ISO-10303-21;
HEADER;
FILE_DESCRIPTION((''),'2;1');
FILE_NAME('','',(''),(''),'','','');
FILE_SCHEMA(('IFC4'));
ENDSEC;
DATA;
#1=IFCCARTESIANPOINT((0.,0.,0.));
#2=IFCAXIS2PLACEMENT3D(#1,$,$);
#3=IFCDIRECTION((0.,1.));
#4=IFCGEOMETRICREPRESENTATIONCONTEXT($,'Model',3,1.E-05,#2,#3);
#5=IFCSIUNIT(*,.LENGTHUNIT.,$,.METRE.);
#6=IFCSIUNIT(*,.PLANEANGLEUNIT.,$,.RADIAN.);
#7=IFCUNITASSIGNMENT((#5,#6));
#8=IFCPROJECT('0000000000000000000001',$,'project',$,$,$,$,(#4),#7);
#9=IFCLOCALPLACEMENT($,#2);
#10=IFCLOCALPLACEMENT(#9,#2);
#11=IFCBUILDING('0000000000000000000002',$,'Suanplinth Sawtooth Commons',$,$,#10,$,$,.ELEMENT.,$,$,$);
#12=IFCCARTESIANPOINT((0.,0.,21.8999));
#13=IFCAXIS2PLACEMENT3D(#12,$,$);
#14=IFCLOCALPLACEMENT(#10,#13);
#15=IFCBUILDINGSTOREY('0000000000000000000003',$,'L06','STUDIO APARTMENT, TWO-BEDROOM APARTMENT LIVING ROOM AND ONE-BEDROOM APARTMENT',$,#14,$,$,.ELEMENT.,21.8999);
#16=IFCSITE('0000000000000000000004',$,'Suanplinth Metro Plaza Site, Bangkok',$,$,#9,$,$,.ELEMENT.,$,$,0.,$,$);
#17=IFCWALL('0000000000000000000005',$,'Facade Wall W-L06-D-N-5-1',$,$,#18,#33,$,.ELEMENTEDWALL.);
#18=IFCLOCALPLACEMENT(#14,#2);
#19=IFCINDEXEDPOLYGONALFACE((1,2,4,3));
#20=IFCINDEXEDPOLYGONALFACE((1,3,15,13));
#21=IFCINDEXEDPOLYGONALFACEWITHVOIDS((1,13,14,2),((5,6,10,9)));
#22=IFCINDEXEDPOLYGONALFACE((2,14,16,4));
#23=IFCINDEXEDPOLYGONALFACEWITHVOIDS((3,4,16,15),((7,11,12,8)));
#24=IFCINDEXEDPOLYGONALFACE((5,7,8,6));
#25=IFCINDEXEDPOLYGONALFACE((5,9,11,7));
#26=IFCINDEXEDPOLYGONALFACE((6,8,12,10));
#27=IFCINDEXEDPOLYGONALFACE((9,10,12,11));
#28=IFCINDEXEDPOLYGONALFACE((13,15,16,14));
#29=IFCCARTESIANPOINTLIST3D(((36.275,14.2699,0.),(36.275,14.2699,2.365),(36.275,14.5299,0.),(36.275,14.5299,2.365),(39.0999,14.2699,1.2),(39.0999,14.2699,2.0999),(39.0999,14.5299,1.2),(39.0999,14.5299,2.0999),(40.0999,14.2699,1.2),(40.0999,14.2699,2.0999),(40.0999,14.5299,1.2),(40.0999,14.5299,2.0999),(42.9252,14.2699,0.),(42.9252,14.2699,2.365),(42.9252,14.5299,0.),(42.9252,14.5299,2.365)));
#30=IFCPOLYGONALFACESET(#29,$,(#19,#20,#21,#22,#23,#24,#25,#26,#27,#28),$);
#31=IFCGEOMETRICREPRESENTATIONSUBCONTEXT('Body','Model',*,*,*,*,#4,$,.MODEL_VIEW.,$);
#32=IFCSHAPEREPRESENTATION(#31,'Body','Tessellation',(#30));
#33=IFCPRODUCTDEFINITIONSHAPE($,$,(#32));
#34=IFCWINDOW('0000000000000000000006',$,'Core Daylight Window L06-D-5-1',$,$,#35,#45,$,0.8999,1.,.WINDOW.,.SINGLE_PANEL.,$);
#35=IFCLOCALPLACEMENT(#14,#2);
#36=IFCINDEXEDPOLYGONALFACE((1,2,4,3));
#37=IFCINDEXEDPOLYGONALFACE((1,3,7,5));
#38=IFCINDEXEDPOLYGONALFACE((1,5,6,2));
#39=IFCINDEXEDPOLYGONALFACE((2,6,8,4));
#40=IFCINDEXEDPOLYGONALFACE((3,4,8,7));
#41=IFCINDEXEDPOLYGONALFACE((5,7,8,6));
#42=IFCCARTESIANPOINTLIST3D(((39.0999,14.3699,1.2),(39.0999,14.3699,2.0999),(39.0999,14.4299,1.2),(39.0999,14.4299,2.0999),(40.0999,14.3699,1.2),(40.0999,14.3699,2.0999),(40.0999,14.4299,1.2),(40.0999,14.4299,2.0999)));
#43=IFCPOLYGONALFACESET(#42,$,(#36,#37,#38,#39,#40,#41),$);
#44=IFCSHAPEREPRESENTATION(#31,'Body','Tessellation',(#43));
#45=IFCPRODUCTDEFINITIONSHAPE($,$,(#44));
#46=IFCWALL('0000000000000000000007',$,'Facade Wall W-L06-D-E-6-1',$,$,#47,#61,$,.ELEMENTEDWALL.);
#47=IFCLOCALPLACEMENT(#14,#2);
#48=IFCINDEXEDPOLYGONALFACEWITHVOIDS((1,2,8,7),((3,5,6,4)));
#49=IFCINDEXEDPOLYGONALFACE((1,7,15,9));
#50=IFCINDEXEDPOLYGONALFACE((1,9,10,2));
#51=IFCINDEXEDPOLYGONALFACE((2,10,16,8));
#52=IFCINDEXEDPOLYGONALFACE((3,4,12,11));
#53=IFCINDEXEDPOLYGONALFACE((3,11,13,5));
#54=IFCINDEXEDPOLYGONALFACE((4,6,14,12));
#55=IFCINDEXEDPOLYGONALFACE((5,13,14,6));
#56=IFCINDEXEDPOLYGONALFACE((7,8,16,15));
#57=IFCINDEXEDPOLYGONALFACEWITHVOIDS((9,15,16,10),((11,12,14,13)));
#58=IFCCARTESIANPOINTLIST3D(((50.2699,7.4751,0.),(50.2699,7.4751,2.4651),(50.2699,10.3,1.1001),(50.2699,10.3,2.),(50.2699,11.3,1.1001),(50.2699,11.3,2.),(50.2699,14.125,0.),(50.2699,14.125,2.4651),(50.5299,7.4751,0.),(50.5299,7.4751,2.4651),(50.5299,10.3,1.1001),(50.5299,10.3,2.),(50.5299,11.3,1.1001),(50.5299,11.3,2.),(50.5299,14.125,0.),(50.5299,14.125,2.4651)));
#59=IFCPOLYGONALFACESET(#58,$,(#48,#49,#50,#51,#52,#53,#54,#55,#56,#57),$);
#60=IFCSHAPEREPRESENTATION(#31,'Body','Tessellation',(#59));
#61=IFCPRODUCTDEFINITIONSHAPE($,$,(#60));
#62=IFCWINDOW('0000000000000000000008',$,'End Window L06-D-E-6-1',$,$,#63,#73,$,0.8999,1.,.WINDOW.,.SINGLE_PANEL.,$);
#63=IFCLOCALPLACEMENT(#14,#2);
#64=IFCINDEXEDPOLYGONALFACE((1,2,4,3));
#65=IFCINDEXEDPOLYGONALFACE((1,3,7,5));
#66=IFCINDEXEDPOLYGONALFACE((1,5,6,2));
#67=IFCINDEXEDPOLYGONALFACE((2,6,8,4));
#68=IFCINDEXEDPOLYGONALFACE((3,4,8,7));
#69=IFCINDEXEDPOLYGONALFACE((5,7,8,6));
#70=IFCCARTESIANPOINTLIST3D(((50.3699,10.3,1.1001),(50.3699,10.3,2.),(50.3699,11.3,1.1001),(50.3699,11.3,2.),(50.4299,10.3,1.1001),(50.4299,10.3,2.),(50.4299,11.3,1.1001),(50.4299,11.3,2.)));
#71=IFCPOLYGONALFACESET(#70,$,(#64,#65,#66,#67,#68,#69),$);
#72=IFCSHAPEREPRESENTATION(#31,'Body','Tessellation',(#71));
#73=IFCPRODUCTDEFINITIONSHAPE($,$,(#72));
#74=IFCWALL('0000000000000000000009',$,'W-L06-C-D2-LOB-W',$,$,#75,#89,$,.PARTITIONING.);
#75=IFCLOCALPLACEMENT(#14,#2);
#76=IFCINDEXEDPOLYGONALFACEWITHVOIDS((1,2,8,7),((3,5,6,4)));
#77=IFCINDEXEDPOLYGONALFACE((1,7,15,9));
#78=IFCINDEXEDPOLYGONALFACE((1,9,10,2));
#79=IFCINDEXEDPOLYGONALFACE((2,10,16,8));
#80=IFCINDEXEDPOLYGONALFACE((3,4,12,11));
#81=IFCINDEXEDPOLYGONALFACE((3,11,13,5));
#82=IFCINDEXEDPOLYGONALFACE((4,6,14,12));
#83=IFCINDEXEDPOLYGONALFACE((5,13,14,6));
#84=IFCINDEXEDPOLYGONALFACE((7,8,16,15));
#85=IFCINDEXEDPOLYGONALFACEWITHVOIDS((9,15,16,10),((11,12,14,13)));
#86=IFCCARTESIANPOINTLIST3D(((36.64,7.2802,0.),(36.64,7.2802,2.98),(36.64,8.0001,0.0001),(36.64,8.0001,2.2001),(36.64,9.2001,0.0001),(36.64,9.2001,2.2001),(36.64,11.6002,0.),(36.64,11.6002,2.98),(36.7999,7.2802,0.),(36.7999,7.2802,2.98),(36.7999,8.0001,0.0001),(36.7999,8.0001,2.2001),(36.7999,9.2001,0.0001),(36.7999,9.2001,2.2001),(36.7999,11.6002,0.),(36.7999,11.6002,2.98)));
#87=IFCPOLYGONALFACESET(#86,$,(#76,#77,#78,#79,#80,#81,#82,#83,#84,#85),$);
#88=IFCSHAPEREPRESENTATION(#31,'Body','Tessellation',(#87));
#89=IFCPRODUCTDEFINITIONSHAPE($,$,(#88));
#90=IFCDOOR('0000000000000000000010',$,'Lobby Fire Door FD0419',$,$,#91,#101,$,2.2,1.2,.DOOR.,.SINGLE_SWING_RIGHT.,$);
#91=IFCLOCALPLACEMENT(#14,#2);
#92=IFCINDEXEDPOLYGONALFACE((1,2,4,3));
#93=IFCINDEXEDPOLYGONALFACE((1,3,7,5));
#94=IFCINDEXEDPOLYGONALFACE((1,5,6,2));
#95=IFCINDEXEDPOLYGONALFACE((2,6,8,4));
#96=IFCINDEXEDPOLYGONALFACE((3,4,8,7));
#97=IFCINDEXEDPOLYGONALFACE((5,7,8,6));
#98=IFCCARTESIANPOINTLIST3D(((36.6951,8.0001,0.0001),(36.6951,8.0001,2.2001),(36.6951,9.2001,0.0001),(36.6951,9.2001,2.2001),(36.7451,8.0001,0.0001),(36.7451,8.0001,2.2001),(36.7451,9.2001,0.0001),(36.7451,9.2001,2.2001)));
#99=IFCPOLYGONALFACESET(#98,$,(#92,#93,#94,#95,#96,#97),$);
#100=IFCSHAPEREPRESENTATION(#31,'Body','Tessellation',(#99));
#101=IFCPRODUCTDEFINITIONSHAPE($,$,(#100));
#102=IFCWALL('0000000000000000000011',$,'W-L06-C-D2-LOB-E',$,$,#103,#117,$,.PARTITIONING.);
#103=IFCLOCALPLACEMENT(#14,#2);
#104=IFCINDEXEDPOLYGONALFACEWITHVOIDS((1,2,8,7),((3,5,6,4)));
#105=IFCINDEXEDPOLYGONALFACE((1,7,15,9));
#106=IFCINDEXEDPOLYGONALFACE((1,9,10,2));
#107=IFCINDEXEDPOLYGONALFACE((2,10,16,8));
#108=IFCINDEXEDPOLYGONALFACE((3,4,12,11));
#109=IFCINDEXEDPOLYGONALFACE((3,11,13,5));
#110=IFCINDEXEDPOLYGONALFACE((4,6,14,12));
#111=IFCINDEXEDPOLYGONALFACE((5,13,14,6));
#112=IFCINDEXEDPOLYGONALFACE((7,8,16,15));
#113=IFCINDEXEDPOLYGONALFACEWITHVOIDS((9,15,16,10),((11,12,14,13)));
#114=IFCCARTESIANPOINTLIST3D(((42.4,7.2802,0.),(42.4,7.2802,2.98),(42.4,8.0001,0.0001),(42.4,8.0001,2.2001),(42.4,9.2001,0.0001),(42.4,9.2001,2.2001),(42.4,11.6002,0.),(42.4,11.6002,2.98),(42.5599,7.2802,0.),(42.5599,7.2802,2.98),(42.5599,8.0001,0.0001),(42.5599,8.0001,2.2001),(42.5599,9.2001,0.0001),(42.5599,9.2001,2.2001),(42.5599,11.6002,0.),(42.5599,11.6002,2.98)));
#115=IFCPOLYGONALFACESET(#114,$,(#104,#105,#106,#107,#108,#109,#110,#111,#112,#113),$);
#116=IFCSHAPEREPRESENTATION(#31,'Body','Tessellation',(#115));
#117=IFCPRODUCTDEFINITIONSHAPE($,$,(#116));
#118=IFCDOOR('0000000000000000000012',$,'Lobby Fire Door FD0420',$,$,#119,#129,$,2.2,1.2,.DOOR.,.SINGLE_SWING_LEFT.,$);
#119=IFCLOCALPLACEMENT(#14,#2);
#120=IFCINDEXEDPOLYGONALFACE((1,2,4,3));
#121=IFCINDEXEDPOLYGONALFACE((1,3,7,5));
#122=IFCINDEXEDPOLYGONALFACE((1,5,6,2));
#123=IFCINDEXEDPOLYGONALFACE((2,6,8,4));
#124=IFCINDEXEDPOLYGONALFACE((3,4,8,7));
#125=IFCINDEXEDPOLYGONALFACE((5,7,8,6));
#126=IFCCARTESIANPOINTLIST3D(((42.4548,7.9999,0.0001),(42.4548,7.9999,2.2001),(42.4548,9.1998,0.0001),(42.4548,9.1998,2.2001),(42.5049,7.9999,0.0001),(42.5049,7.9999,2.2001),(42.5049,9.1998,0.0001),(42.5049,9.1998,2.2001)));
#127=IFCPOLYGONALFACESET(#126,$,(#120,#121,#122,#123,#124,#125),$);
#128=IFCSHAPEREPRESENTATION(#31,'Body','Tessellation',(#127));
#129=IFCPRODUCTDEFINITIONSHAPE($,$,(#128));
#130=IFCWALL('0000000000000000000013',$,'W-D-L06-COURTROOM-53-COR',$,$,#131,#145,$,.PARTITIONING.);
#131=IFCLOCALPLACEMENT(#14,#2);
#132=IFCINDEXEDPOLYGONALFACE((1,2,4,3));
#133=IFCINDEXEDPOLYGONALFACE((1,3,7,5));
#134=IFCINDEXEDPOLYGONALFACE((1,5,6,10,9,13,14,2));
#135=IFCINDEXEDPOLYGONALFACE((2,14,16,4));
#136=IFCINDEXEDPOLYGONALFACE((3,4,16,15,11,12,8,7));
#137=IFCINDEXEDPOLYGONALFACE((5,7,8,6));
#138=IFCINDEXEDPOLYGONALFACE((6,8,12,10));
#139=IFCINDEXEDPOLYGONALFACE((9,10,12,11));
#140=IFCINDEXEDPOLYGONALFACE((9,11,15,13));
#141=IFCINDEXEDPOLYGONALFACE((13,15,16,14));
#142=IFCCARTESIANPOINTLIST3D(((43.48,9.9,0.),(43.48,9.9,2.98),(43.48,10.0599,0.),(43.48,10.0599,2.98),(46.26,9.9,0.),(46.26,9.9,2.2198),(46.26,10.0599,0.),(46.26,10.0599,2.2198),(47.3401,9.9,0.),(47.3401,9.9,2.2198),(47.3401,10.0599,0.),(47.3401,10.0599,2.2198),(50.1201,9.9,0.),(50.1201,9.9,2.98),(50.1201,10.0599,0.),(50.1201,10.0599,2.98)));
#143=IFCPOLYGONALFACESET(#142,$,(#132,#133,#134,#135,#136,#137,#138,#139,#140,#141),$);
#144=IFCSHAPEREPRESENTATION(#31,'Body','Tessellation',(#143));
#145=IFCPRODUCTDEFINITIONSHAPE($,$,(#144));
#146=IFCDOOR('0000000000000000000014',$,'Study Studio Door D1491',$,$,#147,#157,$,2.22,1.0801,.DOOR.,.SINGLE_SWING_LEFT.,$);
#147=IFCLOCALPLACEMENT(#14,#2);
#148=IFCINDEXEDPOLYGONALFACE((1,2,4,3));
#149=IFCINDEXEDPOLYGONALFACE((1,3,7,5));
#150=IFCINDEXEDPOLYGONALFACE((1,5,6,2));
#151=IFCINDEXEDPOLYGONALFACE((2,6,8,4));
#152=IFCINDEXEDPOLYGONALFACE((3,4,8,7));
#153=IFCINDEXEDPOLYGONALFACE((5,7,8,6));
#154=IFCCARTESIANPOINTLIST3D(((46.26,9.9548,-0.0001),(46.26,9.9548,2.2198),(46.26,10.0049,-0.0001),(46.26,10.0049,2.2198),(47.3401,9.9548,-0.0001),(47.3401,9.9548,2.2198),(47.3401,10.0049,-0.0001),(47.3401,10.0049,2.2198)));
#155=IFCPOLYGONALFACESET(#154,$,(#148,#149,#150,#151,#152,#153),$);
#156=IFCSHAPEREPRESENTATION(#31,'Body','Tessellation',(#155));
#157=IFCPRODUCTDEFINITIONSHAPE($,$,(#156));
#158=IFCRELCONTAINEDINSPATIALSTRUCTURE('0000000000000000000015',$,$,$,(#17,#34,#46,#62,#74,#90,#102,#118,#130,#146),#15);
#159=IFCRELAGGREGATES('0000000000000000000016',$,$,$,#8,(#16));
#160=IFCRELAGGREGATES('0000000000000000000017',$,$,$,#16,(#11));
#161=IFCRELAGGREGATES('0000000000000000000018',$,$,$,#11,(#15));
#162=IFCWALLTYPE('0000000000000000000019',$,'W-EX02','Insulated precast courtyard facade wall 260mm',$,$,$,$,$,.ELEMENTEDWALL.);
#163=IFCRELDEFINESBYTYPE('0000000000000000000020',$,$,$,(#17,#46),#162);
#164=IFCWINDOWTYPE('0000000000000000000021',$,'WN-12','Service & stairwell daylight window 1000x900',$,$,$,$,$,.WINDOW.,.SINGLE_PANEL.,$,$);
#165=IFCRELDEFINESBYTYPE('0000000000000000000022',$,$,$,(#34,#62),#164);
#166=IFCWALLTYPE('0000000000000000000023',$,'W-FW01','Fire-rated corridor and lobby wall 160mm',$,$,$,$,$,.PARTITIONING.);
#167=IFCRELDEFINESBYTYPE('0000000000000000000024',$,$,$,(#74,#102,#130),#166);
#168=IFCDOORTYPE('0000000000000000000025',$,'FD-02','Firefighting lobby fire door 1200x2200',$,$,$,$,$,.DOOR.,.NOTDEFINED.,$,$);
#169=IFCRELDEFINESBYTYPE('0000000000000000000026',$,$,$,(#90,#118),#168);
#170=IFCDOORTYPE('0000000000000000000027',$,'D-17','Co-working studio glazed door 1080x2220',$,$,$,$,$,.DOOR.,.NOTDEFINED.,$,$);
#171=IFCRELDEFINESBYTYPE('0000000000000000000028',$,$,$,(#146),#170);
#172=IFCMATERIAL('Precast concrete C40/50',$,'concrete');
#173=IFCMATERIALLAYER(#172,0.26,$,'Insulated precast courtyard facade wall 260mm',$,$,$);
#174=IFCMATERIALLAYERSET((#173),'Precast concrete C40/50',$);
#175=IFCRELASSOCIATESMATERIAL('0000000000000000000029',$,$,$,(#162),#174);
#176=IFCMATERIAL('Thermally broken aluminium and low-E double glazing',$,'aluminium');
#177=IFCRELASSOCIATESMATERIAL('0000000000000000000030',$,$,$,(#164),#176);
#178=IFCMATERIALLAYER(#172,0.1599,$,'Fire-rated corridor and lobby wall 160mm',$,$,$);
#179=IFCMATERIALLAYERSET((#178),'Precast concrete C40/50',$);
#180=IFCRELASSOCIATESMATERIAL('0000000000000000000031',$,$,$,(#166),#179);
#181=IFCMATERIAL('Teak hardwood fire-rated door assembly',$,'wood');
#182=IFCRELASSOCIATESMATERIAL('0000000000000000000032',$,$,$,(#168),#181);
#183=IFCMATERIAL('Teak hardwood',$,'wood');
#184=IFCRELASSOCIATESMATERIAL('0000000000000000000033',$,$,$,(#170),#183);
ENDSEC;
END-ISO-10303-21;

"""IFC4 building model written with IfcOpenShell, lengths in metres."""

from ifc_helpers import new_model, si_unit, direction, frame, frame_2d, origin, place, context, subcontext, project, spatial, rectangle, extrude, material, layer, layer_set, type_object, element, fill, save


model = new_model("IFC4")

# Units and contexts
model_context = context("Model", 3, precision=1e-05, world=origin(), true_north=direction((0.0, 1.0)))
body_context = subcontext(model_context, "Body", "Model", "MODEL_VIEW")
ifc_project = project(units=[si_unit("LENGTHUNIT", "METRE"), si_unit("PLANEANGLEUNIT", "RADIAN")], contexts=[model_context])

# Site, building, storey
site_placement = place(None, origin())
site = spatial("IfcSite", under=ifc_project, at=site_placement, Name="Suanplinth Metro Plaza Site, Bangkok", CompositionType="ELEMENT", RefElevation=0.0)
building_placement = place(site_placement, origin())
building = spatial("IfcBuilding", under=site, at=building_placement, Name="Suanplinth Sawtooth Commons", CompositionType="ELEMENT")
storey_placement = place(building_placement, frame((0.0, 0.0, 21.8999)))
storey = spatial("IfcBuildingStorey", under=building, at=storey_placement, Name="L06", Description="STUDIO APARTMENT, TWO-BEDROOM APARTMENT LIVING ROOM AND ONE-BEDROOM APARTMENT", CompositionType="ELEMENT", Elevation=21.8999)

# Shared definitions
ifc_material_1 = material(Name="Precast concrete C40/50", Category="concrete")

# Wall, opening, window
ifc_layer_1 = layer(ifc_material_1, 0.26, Name="Insulated precast courtyard facade wall 260mm")
ifc_layer_set_1 = layer_set([ifc_layer_1], Name="Precast concrete C40/50")
wall_type_1 = type_object("IfcWallType", Name="W-EX02", Description="Insulated precast courtyard facade wall 260mm", PredefinedType="ELEMENTEDWALL", material=ifc_layer_set_1)
wall_1_placement = place(storey_placement, frame((36.2749, 14.3999, 0.0), z_axis=(0.0, 0.0, 1.0), x_axis=(1.0, 0.0, 0.0)))
wall_1 = element("IfcWall", 1, at=wall_1_placement, inside=storey, type_object=wall_type_1, Name="Facade Wall W-L06-D-N-5-1", PredefinedType="ELEMENTEDWALL", context=body_context, shape_type="SweptSolid", body=[
    extrude(rectangle(XDim=6.6501, YDim=0.26, at=frame_2d((3.3252, 0.0))), origin(), (0.0, 0.0, 1.0), 2.365),
])
opening_1_placement = place(wall_1_placement, frame((2.825, 0.0, 1.2)))
opening_1 = element("IfcOpeningElement", 2, at=opening_1_placement, cuts=wall_1, PredefinedType="OPENING", context=body_context, shape_type="SweptSolid", body=[
    extrude(rectangle(XDim=1.0, YDim=0.8999, at=frame_2d((0.5, 0.45))), frame((0.0, 0.145, 0.0), z_axis=(0.0, -1.0, 0.0), x_axis=(1.0, 0.0, 0.0)), (0.0, 0.0, 1.0), 0.2898),
])
ifc_material_2 = material(Name="Thermally broken aluminium and low-E double glazing", Category="aluminium")
window_type_1 = type_object("IfcWindowType", Name="WN-12", Description="Service & stairwell daylight window 1000x900", PartitioningType="SINGLE_PANEL", PredefinedType="WINDOW", material=ifc_material_2)
window_1_placement = place(opening_1_placement, origin())
window_1 = element("IfcWindow", 3, at=window_1_placement, inside=storey, type_object=window_type_1, Name="Core Daylight Window L06-D-5-1", OverallHeight=0.8999, OverallWidth=1.0, PartitioningType="SINGLE_PANEL", PredefinedType="WINDOW", context=body_context, shape_type="SweptSolid", body=[
    extrude(rectangle(XDim=1.0, YDim=0.8999, at=frame_2d((0.5, 0.45))), frame((0.0, 0.03, 0.0), z_axis=(0.0, -1.0, 0.0), x_axis=(1.0, 0.0, 0.0)), (0.0, 0.0, 1.0), 0.0601),
])
fill(opening_1, window_1)

# Wall, opening, window
wall_2_placement = place(storey_placement, frame((50.3999, 7.4751, 0.0), z_axis=(0.0, 0.0, 1.0), x_axis=(0.0, 1.0, 0.0)))
wall_2 = element("IfcWall", 4, at=wall_2_placement, inside=storey, type_object=wall_type_1, Name="Facade Wall W-L06-D-E-6-1", PredefinedType="ELEMENTEDWALL", context=body_context, shape_type="SweptSolid", body=[
    extrude(rectangle(XDim=6.6499, YDim=0.26, at=frame_2d((3.325, 0.0))), origin(), (0.0, 0.0, 1.0), 2.4651),
])
opening_2_placement = place(wall_2_placement, frame((2.825, 0.0, 1.1001)))
opening_2 = element("IfcOpeningElement", 5, at=opening_2_placement, cuts=wall_2, PredefinedType="OPENING", context=body_context, shape_type="SweptSolid", body=[
    extrude(rectangle(XDim=1.0, YDim=0.8999, at=frame_2d((0.5, 0.45))), frame((0.0, 0.145, 0.0), z_axis=(0.0, -1.0, 0.0), x_axis=(1.0, 0.0, 0.0)), (0.0, 0.0, 1.0), 0.2898),
])
window_2_placement = place(opening_2_placement, origin())
window_2 = element("IfcWindow", 6, at=window_2_placement, inside=storey, type_object=window_type_1, Name="End Window L06-D-E-6-1", OverallHeight=0.8999, OverallWidth=1.0, PartitioningType="SINGLE_PANEL", PredefinedType="WINDOW", context=body_context, shape_type="SweptSolid", body=[
    extrude(rectangle(XDim=1.0, YDim=0.8999, at=frame_2d((0.5, 0.45))), frame((0.0, 0.03, 0.0), z_axis=(0.0, -1.0, 0.0), x_axis=(1.0, 0.0, 0.0)), (0.0, 0.0, 1.0), 0.0601),
])
fill(opening_2, window_2)

# Walls, openings, doors
ifc_layer_2 = layer(ifc_material_1, 0.1599, Name="Fire-rated corridor and lobby wall 160mm")
ifc_layer_set_2 = layer_set([ifc_layer_2], Name="Precast concrete C40/50")
wall_type_2 = type_object("IfcWallType", Name="W-FW01", Description="Fire-rated corridor and lobby wall 160mm", PredefinedType="PARTITIONING", material=ifc_layer_set_2)
wall_3_placement = place(storey_placement, frame((36.72, 7.28, 0.0), z_axis=(0.0, 0.0, 1.0), x_axis=(0.0, 1.0, 0.0)))
wall_3 = element("IfcWall", 7, at=wall_3_placement, inside=storey, type_object=wall_type_2, Name="W-L06-C-D2-LOB-W", PredefinedType="PARTITIONING", context=body_context, shape_type="SweptSolid", body=[
    extrude(rectangle(XDim=4.3201, YDim=0.1599, at=frame_2d((2.1602, 0.0))), origin(), (0.0, 0.0, 1.0), 2.98),
])
opening_3_placement = place(wall_3_placement, frame((0.72, 0.0, 0.0)))
opening_3 = element("IfcOpeningElement", 8, at=opening_3_placement, cuts=wall_3, PredefinedType="OPENING", context=body_context, shape_type="SweptSolid", body=[
    extrude(rectangle(XDim=1.2, YDim=2.2, at=frame_2d((0.6001, 1.1001))), frame((0.0, 0.0947, 0.0), z_axis=(0.0, -1.0, 0.0), x_axis=(1.0, 0.0, 0.0)), (0.0, 0.0, 1.0), 0.1897),
])
ifc_material_3 = material(Name="Teak hardwood fire-rated door assembly", Category="wood")
door_type_1 = type_object("IfcDoorType", Name="FD-02", Description="Firefighting lobby fire door 1200x2200", OperationType="NOTDEFINED", PredefinedType="DOOR", material=ifc_material_3)
door_1_placement = place(opening_3_placement, origin())
door_1 = element("IfcDoor", 9, at=door_1_placement, inside=storey, type_object=door_type_1, Name="Lobby Fire Door FD0419", OperationType="SINGLE_SWING_RIGHT", OverallHeight=2.2, OverallWidth=1.2, PredefinedType="DOOR", context=body_context, shape_type="SweptSolid", body=[
    extrude(rectangle(XDim=1.2, YDim=2.2, at=frame_2d((0.6001, 1.1001))), frame((0.0, 0.0249, 0.0), z_axis=(0.0, -1.0, 0.0), x_axis=(1.0, 0.0, 0.0)), (0.0, 0.0, 1.0), 0.05),
])
fill(opening_3, door_1)
wall_4_placement = place(storey_placement, frame((42.48, 7.28, 0.0), z_axis=(0.0, 0.0, 1.0), x_axis=(0.0, 1.0, 0.0)))
wall_4 = element("IfcWall", 10, at=wall_4_placement, inside=storey, type_object=wall_type_2, Name="W-L06-C-D2-LOB-E", PredefinedType="PARTITIONING", context=body_context, shape_type="SweptSolid", body=[
    extrude(rectangle(XDim=4.3201, YDim=0.1599, at=frame_2d((2.1602, 0.0))), origin(), (0.0, 0.0, 1.0), 2.98),
])
opening_4_placement = place(wall_4_placement, frame((0.72, 0.0, 0.0)))
opening_4 = element("IfcOpeningElement", 11, at=opening_4_placement, cuts=wall_4, PredefinedType="OPENING", context=body_context, shape_type="SweptSolid", body=[
    extrude(rectangle(XDim=1.2, YDim=2.2, at=frame_2d((0.6001, 1.1001))), frame((0.0, 0.0947, 0.0), z_axis=(0.0, -1.0, 0.0), x_axis=(1.0, 0.0, 0.0)), (0.0, 0.0, 1.0), 0.1897),
])
door_2_placement = place(opening_4_placement, frame((1.2, 0.0, 0.0), z_axis=(0.0, 0.0, 1.0), x_axis=(-1.0, 0.0, 0.0)))
door_2 = element("IfcDoor", 12, at=door_2_placement, inside=storey, type_object=door_type_1, Name="Lobby Fire Door FD0420", OperationType="SINGLE_SWING_LEFT", OverallHeight=2.2, OverallWidth=1.2, PredefinedType="DOOR", context=body_context, shape_type="SweptSolid", body=[
    extrude(rectangle(XDim=1.2, YDim=2.2, at=frame_2d((0.6001, 1.1001))), frame((0.0, 0.0249, 0.0), z_axis=(0.0, -1.0, 0.0), x_axis=(1.0, 0.0, 0.0)), (0.0, 0.0, 1.0), 0.05),
])
fill(opening_4, door_2)
wall_5_placement = place(storey_placement, frame((43.48, 9.98, 0.0), z_axis=(0.0, 0.0, 1.0), x_axis=(1.0, 0.0, 0.0)))
wall_5 = element("IfcWall", 13, at=wall_5_placement, inside=storey, type_object=wall_type_2, Name="W-D-L06-COURTROOM-53-COR", PredefinedType="PARTITIONING", context=body_context, shape_type="SweptSolid", body=[
    extrude(rectangle(XDim=6.6401, YDim=0.1599, at=frame_2d((3.3201, 0.0))), origin(), (0.0, 0.0, 1.0), 2.98),
])
opening_5_placement = place(wall_5_placement, frame((2.78, 0.0, 0.0)))
opening_5 = element("IfcOpeningElement", 14, at=opening_5_placement, cuts=wall_5, PredefinedType="OPENING", context=body_context, shape_type="SweptSolid", body=[
    extrude(rectangle(XDim=1.0801, YDim=2.22, at=frame_2d((0.54, 1.1099))), frame((0.0, 0.0947, 0.0), z_axis=(0.0, -1.0, 0.0), x_axis=(1.0, 0.0, 0.0)), (0.0, 0.0, 1.0), 0.1897),
])
ifc_material_4 = material(Name="Teak hardwood", Category="wood")
door_type_2 = type_object("IfcDoorType", Name="D-17", Description="Co-working studio glazed door 1080x2220", OperationType="NOTDEFINED", PredefinedType="DOOR", material=ifc_material_4)
door_3_placement = place(opening_5_placement, origin())
door_3 = element("IfcDoor", 15, at=door_3_placement, inside=storey, type_object=door_type_2, Name="Study Studio Door D1491", OperationType="SINGLE_SWING_LEFT", OverallHeight=2.22, OverallWidth=1.0801, PredefinedType="DOOR", context=body_context, shape_type="SweptSolid", body=[
    extrude(rectangle(XDim=1.0801, YDim=2.22, at=frame_2d((0.54, 1.1099))), frame((0.0, 0.0249, 0.0), z_axis=(0.0, -1.0, 0.0), x_axis=(1.0, 0.0, 0.0)), (0.0, 0.0, 1.0), 0.05),
])
fill(opening_5, door_3)

save(model, "model.ifc")
